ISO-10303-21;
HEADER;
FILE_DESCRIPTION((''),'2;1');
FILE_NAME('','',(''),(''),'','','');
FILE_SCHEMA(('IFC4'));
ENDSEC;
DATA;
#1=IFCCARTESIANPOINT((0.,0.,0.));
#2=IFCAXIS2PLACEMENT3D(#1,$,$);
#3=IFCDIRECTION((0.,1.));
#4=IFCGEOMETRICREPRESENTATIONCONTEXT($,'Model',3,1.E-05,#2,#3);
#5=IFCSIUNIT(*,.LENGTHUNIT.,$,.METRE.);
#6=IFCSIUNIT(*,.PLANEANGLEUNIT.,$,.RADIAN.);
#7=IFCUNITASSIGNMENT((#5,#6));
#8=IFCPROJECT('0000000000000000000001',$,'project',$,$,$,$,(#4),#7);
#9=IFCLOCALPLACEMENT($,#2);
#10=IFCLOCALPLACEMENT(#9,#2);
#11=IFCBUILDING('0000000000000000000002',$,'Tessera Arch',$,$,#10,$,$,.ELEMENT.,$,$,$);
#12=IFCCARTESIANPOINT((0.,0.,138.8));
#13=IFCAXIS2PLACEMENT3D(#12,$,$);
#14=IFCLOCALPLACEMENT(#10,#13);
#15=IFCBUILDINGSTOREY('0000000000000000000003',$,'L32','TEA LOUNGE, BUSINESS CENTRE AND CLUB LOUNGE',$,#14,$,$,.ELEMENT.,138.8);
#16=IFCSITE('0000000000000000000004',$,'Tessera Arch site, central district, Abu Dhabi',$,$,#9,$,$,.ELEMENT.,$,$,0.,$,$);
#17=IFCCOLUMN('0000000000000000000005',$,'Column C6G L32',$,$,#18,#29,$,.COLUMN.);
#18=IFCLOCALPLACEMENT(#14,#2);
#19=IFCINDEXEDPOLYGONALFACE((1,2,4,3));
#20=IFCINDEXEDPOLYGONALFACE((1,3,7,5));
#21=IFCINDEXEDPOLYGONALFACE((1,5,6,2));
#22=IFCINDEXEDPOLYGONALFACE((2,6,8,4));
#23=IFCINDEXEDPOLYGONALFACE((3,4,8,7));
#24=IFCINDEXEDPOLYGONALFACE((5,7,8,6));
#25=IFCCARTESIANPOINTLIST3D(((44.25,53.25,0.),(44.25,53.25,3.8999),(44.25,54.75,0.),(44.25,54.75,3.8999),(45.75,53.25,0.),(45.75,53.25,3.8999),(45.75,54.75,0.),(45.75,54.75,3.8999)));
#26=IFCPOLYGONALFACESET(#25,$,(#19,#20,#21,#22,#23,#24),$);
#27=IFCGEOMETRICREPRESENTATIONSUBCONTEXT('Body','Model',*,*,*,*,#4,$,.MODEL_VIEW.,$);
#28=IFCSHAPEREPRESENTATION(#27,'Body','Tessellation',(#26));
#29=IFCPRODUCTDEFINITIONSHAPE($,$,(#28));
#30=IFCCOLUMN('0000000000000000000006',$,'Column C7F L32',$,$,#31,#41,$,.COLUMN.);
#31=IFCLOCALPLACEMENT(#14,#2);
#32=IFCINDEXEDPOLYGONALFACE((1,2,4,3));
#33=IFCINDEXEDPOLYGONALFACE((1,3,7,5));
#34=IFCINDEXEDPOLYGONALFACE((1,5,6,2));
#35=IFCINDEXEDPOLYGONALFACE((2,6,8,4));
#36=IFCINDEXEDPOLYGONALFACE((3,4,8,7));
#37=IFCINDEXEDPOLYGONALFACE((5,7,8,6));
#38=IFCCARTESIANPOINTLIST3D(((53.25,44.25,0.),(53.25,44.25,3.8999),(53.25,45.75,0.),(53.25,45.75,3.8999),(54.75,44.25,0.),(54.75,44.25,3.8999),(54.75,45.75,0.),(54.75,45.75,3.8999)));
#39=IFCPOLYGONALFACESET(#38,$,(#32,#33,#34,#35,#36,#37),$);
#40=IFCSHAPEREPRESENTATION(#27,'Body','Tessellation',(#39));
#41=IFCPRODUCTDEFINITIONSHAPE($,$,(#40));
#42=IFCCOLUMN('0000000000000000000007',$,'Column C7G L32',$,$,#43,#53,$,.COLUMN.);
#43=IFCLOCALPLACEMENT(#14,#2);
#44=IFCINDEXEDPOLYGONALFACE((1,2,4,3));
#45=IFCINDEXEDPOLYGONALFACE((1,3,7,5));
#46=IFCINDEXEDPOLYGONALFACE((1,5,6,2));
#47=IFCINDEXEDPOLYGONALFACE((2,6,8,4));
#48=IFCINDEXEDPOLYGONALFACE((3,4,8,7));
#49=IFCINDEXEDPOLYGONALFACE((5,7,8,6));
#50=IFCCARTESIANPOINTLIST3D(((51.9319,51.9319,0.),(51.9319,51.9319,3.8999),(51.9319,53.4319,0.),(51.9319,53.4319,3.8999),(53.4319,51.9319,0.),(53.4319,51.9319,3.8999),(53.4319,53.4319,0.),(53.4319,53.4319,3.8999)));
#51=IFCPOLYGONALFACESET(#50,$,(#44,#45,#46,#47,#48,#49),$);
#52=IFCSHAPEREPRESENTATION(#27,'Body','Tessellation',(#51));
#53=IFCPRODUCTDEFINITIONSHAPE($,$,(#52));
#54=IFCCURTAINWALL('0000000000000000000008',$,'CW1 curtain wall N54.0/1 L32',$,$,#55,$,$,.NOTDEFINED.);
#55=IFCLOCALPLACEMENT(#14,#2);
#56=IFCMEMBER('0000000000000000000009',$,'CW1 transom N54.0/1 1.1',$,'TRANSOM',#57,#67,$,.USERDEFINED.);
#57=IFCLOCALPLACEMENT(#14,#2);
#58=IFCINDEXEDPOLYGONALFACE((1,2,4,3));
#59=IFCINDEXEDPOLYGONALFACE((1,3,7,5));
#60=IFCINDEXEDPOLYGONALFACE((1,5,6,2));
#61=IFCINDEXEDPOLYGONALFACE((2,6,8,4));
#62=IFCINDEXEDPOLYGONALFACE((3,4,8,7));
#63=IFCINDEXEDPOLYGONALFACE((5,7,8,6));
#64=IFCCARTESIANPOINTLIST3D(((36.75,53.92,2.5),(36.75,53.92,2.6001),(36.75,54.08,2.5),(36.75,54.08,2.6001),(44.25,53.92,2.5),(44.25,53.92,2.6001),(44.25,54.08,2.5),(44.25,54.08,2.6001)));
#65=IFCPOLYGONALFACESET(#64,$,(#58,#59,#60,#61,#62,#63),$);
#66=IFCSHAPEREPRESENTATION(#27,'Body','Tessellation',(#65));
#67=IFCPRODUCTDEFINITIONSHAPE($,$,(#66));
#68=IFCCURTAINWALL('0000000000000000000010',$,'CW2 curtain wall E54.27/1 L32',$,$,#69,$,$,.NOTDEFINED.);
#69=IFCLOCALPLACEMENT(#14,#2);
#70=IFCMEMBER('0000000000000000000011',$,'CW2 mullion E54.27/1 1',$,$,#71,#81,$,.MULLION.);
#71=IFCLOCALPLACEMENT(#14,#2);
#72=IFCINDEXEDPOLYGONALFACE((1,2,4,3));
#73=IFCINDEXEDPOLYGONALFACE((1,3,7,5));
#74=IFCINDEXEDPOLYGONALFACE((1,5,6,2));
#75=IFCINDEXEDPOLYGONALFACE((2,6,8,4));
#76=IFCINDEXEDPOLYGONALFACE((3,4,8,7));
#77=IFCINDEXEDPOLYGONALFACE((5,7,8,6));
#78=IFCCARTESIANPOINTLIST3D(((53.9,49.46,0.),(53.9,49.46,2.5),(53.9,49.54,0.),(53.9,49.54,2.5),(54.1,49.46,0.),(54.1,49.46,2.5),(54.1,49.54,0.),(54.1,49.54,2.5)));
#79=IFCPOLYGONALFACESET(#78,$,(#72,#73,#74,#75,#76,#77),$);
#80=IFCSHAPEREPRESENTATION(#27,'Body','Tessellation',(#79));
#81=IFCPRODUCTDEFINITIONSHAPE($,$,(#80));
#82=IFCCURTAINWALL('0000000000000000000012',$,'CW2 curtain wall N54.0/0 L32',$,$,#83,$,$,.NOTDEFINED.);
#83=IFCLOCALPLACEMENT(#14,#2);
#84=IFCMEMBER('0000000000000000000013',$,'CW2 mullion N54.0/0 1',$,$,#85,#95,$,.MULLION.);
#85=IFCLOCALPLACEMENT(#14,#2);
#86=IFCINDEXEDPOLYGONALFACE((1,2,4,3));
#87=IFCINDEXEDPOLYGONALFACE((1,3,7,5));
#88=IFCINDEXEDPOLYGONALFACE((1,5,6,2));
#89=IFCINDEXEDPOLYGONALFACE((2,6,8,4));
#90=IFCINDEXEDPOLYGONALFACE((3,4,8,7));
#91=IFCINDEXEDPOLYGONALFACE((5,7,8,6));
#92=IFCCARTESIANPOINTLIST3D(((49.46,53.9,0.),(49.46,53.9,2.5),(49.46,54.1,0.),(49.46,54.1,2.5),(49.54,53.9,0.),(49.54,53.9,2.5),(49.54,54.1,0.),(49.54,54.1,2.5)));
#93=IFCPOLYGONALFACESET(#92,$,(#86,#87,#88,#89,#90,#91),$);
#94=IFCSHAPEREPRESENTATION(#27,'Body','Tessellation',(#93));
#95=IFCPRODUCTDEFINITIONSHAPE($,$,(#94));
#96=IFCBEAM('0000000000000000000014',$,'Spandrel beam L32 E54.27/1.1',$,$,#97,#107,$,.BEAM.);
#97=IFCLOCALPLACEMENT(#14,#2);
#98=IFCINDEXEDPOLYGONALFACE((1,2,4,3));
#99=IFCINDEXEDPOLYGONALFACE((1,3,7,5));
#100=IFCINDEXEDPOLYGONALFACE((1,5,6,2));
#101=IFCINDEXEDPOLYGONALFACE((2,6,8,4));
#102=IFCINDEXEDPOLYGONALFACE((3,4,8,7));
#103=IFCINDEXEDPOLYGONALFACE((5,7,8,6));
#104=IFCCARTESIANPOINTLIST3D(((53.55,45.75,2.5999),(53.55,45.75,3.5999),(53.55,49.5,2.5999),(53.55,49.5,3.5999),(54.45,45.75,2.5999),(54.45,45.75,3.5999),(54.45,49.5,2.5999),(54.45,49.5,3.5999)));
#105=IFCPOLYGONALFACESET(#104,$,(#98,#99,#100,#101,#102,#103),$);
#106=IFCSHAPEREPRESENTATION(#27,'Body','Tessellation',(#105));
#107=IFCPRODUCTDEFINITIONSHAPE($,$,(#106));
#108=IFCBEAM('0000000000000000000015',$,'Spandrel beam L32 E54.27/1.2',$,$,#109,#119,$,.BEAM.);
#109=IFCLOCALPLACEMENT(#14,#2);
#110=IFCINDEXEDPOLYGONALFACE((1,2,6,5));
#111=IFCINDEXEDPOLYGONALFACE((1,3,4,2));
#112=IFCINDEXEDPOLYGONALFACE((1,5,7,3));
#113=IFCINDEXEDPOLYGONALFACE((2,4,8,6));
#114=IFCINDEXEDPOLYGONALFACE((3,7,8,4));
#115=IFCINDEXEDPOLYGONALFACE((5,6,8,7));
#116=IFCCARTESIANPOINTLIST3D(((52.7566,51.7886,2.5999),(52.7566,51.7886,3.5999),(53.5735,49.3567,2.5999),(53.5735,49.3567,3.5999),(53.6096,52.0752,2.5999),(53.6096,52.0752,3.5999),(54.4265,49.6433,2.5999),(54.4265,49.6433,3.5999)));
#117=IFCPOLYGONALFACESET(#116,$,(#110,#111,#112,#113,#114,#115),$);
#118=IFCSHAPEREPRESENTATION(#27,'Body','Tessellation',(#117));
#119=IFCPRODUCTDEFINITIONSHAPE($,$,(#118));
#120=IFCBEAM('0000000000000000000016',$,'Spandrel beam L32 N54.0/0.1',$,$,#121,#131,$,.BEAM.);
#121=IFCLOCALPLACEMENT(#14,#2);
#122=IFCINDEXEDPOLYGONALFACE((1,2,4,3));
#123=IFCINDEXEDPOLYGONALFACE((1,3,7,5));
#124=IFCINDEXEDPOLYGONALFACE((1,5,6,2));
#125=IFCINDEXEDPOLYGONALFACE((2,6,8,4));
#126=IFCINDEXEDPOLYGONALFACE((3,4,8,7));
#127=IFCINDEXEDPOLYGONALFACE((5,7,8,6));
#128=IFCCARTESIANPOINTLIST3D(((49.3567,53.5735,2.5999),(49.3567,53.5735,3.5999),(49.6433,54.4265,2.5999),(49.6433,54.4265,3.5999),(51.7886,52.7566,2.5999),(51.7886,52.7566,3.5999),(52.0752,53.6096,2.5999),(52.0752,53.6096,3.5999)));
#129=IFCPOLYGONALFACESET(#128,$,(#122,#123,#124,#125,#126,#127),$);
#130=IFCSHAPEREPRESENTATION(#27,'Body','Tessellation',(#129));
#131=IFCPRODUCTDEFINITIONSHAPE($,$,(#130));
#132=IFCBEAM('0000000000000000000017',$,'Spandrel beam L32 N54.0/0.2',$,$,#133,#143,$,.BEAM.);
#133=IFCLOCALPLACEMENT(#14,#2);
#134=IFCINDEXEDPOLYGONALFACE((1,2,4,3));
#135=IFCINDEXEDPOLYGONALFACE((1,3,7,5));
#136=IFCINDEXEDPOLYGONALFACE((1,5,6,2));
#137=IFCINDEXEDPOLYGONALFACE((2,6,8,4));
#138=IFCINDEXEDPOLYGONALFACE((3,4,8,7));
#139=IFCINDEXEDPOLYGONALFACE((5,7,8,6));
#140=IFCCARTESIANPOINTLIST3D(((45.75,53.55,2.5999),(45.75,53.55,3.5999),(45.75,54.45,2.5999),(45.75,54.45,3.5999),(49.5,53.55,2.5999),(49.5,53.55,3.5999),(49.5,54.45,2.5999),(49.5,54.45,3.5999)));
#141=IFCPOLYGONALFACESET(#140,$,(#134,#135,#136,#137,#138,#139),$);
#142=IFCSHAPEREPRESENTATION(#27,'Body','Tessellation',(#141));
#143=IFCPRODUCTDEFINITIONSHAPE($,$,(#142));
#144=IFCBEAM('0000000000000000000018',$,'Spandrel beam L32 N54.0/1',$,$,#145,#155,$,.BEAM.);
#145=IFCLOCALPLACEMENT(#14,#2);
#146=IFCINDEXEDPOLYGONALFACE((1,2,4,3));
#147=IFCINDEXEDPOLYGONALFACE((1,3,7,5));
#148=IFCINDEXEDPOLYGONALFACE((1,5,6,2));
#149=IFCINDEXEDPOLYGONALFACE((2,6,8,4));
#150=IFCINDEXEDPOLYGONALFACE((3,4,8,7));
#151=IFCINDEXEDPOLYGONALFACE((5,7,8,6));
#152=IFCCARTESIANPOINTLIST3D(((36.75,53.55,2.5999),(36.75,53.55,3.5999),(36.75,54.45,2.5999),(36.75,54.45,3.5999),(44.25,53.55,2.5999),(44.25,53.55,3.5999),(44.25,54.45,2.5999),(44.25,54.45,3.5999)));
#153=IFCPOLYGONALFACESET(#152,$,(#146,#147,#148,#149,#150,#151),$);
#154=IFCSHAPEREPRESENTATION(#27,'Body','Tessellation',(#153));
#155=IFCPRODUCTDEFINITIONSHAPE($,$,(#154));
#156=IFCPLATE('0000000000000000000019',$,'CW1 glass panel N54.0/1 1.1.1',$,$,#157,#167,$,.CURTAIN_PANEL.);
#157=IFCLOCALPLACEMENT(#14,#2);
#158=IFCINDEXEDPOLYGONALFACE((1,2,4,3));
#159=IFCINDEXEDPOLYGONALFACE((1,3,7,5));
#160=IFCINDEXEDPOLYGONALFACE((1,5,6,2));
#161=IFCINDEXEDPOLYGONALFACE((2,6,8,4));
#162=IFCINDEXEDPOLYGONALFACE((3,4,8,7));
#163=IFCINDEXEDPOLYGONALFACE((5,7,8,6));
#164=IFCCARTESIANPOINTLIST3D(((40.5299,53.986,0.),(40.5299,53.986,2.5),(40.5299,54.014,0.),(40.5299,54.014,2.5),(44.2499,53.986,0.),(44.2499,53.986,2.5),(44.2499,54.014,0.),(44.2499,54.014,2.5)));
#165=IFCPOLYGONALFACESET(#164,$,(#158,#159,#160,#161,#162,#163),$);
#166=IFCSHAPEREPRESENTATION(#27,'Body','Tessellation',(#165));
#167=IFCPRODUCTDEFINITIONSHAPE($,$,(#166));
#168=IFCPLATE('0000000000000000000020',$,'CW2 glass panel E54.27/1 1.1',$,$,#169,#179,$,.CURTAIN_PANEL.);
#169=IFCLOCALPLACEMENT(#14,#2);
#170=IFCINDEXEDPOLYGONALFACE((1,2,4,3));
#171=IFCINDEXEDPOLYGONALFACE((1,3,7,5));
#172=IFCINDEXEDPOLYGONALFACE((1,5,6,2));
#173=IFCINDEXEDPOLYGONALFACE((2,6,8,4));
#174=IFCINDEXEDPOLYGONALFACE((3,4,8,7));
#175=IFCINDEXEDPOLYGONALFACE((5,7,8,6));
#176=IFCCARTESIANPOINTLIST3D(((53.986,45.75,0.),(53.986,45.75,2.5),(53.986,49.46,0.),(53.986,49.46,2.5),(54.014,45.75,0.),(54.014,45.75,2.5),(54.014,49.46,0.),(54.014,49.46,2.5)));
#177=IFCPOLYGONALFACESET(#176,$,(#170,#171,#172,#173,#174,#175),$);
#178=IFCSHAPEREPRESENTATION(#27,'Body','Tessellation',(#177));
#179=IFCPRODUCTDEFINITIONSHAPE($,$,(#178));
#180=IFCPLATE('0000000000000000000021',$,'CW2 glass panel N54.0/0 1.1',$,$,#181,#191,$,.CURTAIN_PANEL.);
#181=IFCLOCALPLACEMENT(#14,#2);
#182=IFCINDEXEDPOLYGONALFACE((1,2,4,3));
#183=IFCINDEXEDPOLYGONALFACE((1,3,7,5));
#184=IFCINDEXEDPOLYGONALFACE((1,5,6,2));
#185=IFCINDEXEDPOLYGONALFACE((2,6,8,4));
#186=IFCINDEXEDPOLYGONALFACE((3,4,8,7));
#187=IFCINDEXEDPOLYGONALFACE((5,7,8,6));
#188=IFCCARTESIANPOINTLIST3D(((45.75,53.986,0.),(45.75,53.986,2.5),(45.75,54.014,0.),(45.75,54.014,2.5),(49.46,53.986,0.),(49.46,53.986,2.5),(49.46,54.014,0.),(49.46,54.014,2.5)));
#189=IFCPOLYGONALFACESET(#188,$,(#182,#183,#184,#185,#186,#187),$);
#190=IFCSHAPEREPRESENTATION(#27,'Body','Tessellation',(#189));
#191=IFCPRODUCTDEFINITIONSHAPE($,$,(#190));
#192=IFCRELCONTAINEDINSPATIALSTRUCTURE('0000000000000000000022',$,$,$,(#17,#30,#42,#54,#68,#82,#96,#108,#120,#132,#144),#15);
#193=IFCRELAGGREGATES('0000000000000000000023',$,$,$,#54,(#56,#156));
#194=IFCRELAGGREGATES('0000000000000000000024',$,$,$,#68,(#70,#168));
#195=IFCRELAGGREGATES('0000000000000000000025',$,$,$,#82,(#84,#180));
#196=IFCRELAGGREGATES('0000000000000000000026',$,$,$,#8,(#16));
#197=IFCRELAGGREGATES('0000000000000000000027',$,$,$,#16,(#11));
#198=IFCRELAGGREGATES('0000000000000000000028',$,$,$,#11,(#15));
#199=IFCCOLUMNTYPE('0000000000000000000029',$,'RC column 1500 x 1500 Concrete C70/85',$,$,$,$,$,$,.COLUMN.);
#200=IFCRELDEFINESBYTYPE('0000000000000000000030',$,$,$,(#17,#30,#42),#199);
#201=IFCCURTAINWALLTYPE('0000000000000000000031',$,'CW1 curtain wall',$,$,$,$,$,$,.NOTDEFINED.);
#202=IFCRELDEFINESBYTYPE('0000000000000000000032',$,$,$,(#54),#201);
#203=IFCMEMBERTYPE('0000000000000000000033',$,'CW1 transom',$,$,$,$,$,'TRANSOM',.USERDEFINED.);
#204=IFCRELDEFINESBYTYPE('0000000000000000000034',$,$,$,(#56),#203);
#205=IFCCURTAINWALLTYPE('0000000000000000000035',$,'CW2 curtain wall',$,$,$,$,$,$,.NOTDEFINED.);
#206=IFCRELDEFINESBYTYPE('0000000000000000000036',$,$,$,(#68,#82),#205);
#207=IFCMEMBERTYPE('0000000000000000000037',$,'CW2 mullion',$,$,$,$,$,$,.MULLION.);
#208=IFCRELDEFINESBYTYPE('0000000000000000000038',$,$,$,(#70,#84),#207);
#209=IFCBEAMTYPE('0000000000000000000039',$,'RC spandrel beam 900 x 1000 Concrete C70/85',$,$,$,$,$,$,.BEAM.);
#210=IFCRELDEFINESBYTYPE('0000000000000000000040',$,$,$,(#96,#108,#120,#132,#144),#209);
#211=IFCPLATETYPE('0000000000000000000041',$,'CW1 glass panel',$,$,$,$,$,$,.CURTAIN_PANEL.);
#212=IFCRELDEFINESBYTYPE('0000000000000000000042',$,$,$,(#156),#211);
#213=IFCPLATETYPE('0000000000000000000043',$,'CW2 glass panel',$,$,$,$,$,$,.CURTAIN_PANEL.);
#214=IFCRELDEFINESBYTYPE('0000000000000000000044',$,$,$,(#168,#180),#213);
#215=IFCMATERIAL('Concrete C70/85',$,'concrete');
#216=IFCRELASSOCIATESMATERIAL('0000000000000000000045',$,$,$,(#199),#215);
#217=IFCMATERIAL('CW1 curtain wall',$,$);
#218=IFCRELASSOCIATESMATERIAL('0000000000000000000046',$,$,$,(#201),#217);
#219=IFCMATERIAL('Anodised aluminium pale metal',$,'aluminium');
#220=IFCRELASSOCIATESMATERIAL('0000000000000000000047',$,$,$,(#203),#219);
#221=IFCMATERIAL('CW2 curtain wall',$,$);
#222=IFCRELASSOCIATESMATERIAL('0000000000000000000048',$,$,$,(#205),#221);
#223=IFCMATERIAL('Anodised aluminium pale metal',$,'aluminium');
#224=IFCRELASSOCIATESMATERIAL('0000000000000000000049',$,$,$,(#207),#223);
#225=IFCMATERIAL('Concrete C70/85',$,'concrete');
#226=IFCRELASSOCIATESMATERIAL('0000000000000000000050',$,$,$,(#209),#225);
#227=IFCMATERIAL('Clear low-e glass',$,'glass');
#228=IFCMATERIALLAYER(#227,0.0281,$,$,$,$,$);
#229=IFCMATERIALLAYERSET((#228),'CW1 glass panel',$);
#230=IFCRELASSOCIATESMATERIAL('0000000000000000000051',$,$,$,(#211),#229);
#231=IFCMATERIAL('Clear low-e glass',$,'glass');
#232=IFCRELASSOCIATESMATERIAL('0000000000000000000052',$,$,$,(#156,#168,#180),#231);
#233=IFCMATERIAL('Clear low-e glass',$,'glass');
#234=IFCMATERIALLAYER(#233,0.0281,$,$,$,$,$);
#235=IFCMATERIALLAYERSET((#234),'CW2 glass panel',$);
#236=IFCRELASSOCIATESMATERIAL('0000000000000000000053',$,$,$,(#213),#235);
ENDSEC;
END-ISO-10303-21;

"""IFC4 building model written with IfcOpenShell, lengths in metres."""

from ifc_helpers import new_model, si_unit, direction, frame, origin, origin_2d, place, context, subcontext, project, spatial, rectangle, extrude, material, layer, layer_set, material_profile, profile_set, type_object, element, aggregate, save


model = new_model("IFC4")

# Units and contexts
model_context = context("Model", 3, precision=1e-05, world=origin(), true_north=direction((0.0, 1.0)))
body_context = subcontext(model_context, "Body", "Model", "MODEL_VIEW")
ifc_project = project(units=[si_unit("LENGTHUNIT", "METRE"), si_unit("PLANEANGLEUNIT", "RADIAN")], contexts=[model_context])

# Site, building, storey
site_placement = place(None, origin())
site = spatial("IfcSite", under=ifc_project, at=site_placement, Name="Tessera Arch site, central district, Abu Dhabi", CompositionType="ELEMENT", RefElevation=0.0)
building_placement = place(site_placement, origin())
building = spatial("IfcBuilding", under=site, at=building_placement, Name="Tessera Arch", CompositionType="ELEMENT")
storey_placement = place(building_placement, frame((0.0, 0.0, 138.8)))
storey = spatial("IfcBuildingStorey", under=building, at=storey_placement, Name="L32", Description="TEA LOUNGE, BUSINESS CENTRE AND CLUB LOUNGE", CompositionType="ELEMENT", Elevation=138.8)

# Columns
ifc_material_1 = material(Name="Concrete C70/85", Category="concrete")
ifc_material_profile_1 = material_profile(ifc_material_1, rectangle(XDim=1.5, YDim=1.5, at=origin_2d()), Name="RC column 1500 x 1500 Concrete C70/85")
ifc_profile_set_1 = profile_set([ifc_material_profile_1], Name="Concrete C70/85")
column_type = type_object("IfcColumnType", Name="RC column 1500 x 1500 Concrete C70/85", PredefinedType="COLUMN", material=ifc_profile_set_1)
for number, where, z_axis, x_axis, name in (
    (1, (45.0, 54.0, 0.0), (0.0, 0.0, 1.0), (1.0, 0.0, 0.0), "Column C6G L32"),
    (2, (54.0, 45.0, 0.0), (0.0, 0.0, 1.0), (1.0, 0.0, 0.0), "Column C7F L32"),
    (3, (52.6819, 52.6819, 0.0), (0.0, 0.0, 1.0), (1.0, 0.0, 0.0), "Column C7G L32"),
):
    element("IfcColumn", number, at=place(storey_placement, frame(where, z_axis=z_axis, x_axis=x_axis)), inside=storey, type_object=column_type, Name=name, PredefinedType="COLUMN", context=body_context, shape_type="SweptSolid", body=[
        extrude(rectangle(XDim=1.5, YDim=1.5, at=origin_2d()), origin(), (0.0, 0.0, 1.0), 3.8999),
    ])

# Curtain walls, members
ifc_material_2 = material(Name="CW1 curtain wall")
curtain_wall_type_1 = type_object("IfcCurtainWallType", Name="CW1 curtain wall", PredefinedType="NOTDEFINED", material=ifc_material_2)
curtain_wall_1_placement = place(storey_placement, origin())
curtain_wall_1 = element("IfcCurtainWall", 4, at=curtain_wall_1_placement, inside=storey, type_object=curtain_wall_type_1, Name="CW1 curtain wall N54.0/1 L32", PredefinedType="NOTDEFINED")
ifc_material_3 = material(Name="Anodised aluminium pale metal", Category="aluminium")
ifc_material_profile_2 = material_profile(ifc_material_3, rectangle(XDim=0.1599, YDim=0.1001, at=origin_2d()), Name="AL 160x100")
ifc_profile_set_2 = profile_set([ifc_material_profile_2], Name="Anodised aluminium pale metal")
member_type_1 = type_object("IfcMemberType", Name="CW1 transom", ElementType="TRANSOM", PredefinedType="USERDEFINED", material=ifc_profile_set_2)
member_1_placement = place(storey_placement, frame((44.25, 54.0, 2.55), z_axis=(-1.0, 0.0, 0.0), x_axis=(0.0, -1.0, 0.0)))
member_1 = element("IfcMember", 5, at=member_1_placement, type_object=member_type_1, Name="CW1 transom N54.0/1 1.1", ObjectType="TRANSOM", PredefinedType="USERDEFINED", context=body_context, shape_type="SweptSolid", body=[
    extrude(rectangle(XDim=0.1599, YDim=0.1001, at=origin_2d()), origin(), (0.0, 0.0, 1.0), 7.5),
])
ifc_material_4 = material(Name="CW2 curtain wall")
curtain_wall_type_2 = type_object("IfcCurtainWallType", Name="CW2 curtain wall", PredefinedType="NOTDEFINED", material=ifc_material_4)
curtain_wall_2_placement = place(storey_placement, origin())
curtain_wall_2 = element("IfcCurtainWall", 6, at=curtain_wall_2_placement, inside=storey, type_object=curtain_wall_type_2, Name="CW2 curtain wall E54.27/1 L32", PredefinedType="NOTDEFINED")
ifc_material_5 = material(Name="Anodised aluminium pale metal", Category="aluminium")
ifc_material_profile_3 = material_profile(ifc_material_5, rectangle(XDim=0.2, YDim=0.0801, at=origin_2d()), Name="AL 80x200")
ifc_profile_set_3 = profile_set([ifc_material_profile_3], Name="Anodised aluminium pale metal")
member_type_2 = type_object("IfcMemberType", Name="CW2 mullion", PredefinedType="MULLION", material=ifc_profile_set_3)
member_2_placement = place(storey_placement, frame((54.0, 49.5, 0.0), z_axis=(0.0, 0.0, 1.0), x_axis=(-1.0, 0.0, 0.0)))
member_2 = element("IfcMember", 7, at=member_2_placement, type_object=member_type_2, Name="CW2 mullion E54.27/1 1", PredefinedType="MULLION", context=body_context, shape_type="SweptSolid", body=[
    extrude(rectangle(XDim=0.2, YDim=0.0801, at=origin_2d()), origin(), (0.0, 0.0, 1.0), 2.5),
])
curtain_wall_3_placement = place(storey_placement, origin())
curtain_wall_3 = element("IfcCurtainWall", 8, at=curtain_wall_3_placement, inside=storey, type_object=curtain_wall_type_2, Name="CW2 curtain wall N54.0/0 L32", PredefinedType="NOTDEFINED")
member_3_placement = place(storey_placement, frame((49.5, 54.0, 0.0), z_axis=(0.0, 0.0, 1.0), x_axis=(0.0, -1.0, 0.0)))
member_3 = element("IfcMember", 9, at=member_3_placement, type_object=member_type_2, Name="CW2 mullion N54.0/0 1", PredefinedType="MULLION", context=body_context, shape_type="SweptSolid", body=[
    extrude(rectangle(XDim=0.2, YDim=0.0801, at=origin_2d()), origin(), (0.0, 0.0, 1.0), 2.5),
])

# Beams
ifc_material_6 = material(Name="Concrete C70/85", Category="concrete")
ifc_material_profile_4 = material_profile(ifc_material_6, rectangle(XDim=0.8999, YDim=1.0, at=origin_2d()), Name="RC spandrel beam 900 x 1000 Concrete C70/85")
ifc_profile_set_4 = profile_set([ifc_material_profile_4], Name="Concrete C70/85")
beam_type = type_object("IfcBeamType", Name="RC spandrel beam 900 x 1000 Concrete C70/85", PredefinedType="BEAM", material=ifc_profile_set_4)
beam_1_placement = place(storey_placement, frame((54.0, 45.75, 3.0999), z_axis=(0.0, 1.0, 0.0), x_axis=(-1.0, 0.0, 0.0)))
element("IfcBeam", 10, at=beam_1_placement, inside=storey, type_object=beam_type, Name="Spandrel beam L32 E54.27/1.1", PredefinedType="BEAM", context=body_context, shape_type="SweptSolid", body=[
    extrude(rectangle(XDim=0.8999, YDim=1.0, at=origin_2d()), origin(), (0.0, 0.0, 1.0), 3.75),
])
for number, where, z_axis, x_axis, name in (
    (11, (54.0, 49.5, 3.0999), (-0.318425, 0.947948, 0.0), (-0.947948, -0.318425, 0.0), "Spandrel beam L32 E54.27/1.2"),
    (12, (51.9319, 53.1831, 3.0999), (-0.947948, 0.318425, 0.0), (-0.318425, -0.947948, 0.0), "Spandrel beam L32 N54.0/0.1"),
):
    element("IfcBeam", number, at=place(storey_placement, frame(where, z_axis=z_axis, x_axis=x_axis)), inside=storey, type_object=beam_type, Name=name, PredefinedType="BEAM", context=body_context, shape_type="SweptSolid", body=[
        extrude(rectangle(XDim=0.8999, YDim=1.0, at=origin_2d()), origin(), (0.0, 0.0, 1.0), 2.5654),
    ])
beam_2_placement = place(storey_placement, frame((49.5, 54.0, 3.0999), z_axis=(-1.0, 0.0, 0.0), x_axis=(0.0, -1.0, 0.0)))
element("IfcBeam", 13, at=beam_2_placement, inside=storey, type_object=beam_type, Name="Spandrel beam L32 N54.0/0.2", PredefinedType="BEAM", context=body_context, shape_type="SweptSolid", body=[
    extrude(rectangle(XDim=0.8999, YDim=1.0, at=origin_2d()), origin(), (0.0, 0.0, 1.0), 3.75),
])
beam_3_placement = place(storey_placement, frame((44.25, 54.0, 3.0999), z_axis=(-1.0, 0.0, 0.0), x_axis=(0.0, -1.0, 0.0)))
element("IfcBeam", 14, at=beam_3_placement, inside=storey, type_object=beam_type, Name="Spandrel beam L32 N54.0/1", PredefinedType="BEAM", context=body_context, shape_type="SweptSolid", body=[
    extrude(rectangle(XDim=0.8999, YDim=1.0, at=origin_2d()), origin(), (0.0, 0.0, 1.0), 7.5),
])

# Plates
ifc_material_7 = material(Name="Clear low-e glass", Category="glass")
ifc_material_8 = material(Name="Clear low-e glass", Category="glass")
ifc_layer_1 = layer(ifc_material_8, 0.0281)
ifc_layer_set_1 = layer_set([ifc_layer_1], Name="CW1 glass panel")
plate_type_1 = type_object("IfcPlateType", Name="CW1 glass panel", PredefinedType="CURTAIN_PANEL", material=ifc_layer_set_1)
plate_1_placement = place(storey_placement, frame((42.3899, 54.0, 0.0), z_axis=(0.0, 0.0, 1.0), x_axis=(-1.0, 0.0, 0.0)))
plate_1 = element("IfcPlate", 15, at=plate_1_placement, type_object=plate_type_1, material=ifc_material_7, Name="CW1 glass panel N54.0/1 1.1.1", PredefinedType="CURTAIN_PANEL", context=body_context, shape_type="SweptSolid", body=[
    extrude(rectangle(XDim=3.72, YDim=0.0281, at=origin_2d()), origin(), (0.0, 0.0, 1.0), 2.5),
])
aggregate(curtain_wall_1, [member_1, plate_1])
ifc_material_9 = material(Name="Clear low-e glass", Category="glass")
ifc_layer_2 = layer(ifc_material_9, 0.0281)
ifc_layer_set_2 = layer_set([ifc_layer_2], Name="CW2 glass panel")
plate_type_2 = type_object("IfcPlateType", Name="CW2 glass panel", PredefinedType="CURTAIN_PANEL", material=ifc_layer_set_2)
plate_2_placement = place(storey_placement, frame((54.0, 47.605, 0.0), z_axis=(0.0, 0.0, 1.0), x_axis=(0.0, 1.0, 0.0)))
plate_2 = element("IfcPlate", 16, at=plate_2_placement, type_object=plate_type_2, material=ifc_material_7, Name="CW2 glass panel E54.27/1 1.1", PredefinedType="CURTAIN_PANEL", context=body_context, shape_type="SweptSolid", body=[
    extrude(rectangle(XDim=3.71, YDim=0.0281, at=origin_2d()), origin(), (0.0, 0.0, 1.0), 2.5),
])
aggregate(curtain_wall_2, [member_2, plate_2])
plate_3_placement = place(storey_placement, frame((47.605, 54.0, 0.0), z_axis=(0.0, 0.0, 1.0), x_axis=(-1.0, 0.0, 0.0)))
plate_3 = element("IfcPlate", 17, at=plate_3_placement, type_object=plate_type_2, material=ifc_material_7, Name="CW2 glass panel N54.0/0 1.1", PredefinedType="CURTAIN_PANEL", context=body_context, shape_type="SweptSolid", body=[
    extrude(rectangle(XDim=3.71, YDim=0.0281, at=origin_2d()), origin(), (0.0, 0.0, 1.0), 2.5),
])
aggregate(curtain_wall_3, [member_3, plate_3])

save(model, "model.ifc")
